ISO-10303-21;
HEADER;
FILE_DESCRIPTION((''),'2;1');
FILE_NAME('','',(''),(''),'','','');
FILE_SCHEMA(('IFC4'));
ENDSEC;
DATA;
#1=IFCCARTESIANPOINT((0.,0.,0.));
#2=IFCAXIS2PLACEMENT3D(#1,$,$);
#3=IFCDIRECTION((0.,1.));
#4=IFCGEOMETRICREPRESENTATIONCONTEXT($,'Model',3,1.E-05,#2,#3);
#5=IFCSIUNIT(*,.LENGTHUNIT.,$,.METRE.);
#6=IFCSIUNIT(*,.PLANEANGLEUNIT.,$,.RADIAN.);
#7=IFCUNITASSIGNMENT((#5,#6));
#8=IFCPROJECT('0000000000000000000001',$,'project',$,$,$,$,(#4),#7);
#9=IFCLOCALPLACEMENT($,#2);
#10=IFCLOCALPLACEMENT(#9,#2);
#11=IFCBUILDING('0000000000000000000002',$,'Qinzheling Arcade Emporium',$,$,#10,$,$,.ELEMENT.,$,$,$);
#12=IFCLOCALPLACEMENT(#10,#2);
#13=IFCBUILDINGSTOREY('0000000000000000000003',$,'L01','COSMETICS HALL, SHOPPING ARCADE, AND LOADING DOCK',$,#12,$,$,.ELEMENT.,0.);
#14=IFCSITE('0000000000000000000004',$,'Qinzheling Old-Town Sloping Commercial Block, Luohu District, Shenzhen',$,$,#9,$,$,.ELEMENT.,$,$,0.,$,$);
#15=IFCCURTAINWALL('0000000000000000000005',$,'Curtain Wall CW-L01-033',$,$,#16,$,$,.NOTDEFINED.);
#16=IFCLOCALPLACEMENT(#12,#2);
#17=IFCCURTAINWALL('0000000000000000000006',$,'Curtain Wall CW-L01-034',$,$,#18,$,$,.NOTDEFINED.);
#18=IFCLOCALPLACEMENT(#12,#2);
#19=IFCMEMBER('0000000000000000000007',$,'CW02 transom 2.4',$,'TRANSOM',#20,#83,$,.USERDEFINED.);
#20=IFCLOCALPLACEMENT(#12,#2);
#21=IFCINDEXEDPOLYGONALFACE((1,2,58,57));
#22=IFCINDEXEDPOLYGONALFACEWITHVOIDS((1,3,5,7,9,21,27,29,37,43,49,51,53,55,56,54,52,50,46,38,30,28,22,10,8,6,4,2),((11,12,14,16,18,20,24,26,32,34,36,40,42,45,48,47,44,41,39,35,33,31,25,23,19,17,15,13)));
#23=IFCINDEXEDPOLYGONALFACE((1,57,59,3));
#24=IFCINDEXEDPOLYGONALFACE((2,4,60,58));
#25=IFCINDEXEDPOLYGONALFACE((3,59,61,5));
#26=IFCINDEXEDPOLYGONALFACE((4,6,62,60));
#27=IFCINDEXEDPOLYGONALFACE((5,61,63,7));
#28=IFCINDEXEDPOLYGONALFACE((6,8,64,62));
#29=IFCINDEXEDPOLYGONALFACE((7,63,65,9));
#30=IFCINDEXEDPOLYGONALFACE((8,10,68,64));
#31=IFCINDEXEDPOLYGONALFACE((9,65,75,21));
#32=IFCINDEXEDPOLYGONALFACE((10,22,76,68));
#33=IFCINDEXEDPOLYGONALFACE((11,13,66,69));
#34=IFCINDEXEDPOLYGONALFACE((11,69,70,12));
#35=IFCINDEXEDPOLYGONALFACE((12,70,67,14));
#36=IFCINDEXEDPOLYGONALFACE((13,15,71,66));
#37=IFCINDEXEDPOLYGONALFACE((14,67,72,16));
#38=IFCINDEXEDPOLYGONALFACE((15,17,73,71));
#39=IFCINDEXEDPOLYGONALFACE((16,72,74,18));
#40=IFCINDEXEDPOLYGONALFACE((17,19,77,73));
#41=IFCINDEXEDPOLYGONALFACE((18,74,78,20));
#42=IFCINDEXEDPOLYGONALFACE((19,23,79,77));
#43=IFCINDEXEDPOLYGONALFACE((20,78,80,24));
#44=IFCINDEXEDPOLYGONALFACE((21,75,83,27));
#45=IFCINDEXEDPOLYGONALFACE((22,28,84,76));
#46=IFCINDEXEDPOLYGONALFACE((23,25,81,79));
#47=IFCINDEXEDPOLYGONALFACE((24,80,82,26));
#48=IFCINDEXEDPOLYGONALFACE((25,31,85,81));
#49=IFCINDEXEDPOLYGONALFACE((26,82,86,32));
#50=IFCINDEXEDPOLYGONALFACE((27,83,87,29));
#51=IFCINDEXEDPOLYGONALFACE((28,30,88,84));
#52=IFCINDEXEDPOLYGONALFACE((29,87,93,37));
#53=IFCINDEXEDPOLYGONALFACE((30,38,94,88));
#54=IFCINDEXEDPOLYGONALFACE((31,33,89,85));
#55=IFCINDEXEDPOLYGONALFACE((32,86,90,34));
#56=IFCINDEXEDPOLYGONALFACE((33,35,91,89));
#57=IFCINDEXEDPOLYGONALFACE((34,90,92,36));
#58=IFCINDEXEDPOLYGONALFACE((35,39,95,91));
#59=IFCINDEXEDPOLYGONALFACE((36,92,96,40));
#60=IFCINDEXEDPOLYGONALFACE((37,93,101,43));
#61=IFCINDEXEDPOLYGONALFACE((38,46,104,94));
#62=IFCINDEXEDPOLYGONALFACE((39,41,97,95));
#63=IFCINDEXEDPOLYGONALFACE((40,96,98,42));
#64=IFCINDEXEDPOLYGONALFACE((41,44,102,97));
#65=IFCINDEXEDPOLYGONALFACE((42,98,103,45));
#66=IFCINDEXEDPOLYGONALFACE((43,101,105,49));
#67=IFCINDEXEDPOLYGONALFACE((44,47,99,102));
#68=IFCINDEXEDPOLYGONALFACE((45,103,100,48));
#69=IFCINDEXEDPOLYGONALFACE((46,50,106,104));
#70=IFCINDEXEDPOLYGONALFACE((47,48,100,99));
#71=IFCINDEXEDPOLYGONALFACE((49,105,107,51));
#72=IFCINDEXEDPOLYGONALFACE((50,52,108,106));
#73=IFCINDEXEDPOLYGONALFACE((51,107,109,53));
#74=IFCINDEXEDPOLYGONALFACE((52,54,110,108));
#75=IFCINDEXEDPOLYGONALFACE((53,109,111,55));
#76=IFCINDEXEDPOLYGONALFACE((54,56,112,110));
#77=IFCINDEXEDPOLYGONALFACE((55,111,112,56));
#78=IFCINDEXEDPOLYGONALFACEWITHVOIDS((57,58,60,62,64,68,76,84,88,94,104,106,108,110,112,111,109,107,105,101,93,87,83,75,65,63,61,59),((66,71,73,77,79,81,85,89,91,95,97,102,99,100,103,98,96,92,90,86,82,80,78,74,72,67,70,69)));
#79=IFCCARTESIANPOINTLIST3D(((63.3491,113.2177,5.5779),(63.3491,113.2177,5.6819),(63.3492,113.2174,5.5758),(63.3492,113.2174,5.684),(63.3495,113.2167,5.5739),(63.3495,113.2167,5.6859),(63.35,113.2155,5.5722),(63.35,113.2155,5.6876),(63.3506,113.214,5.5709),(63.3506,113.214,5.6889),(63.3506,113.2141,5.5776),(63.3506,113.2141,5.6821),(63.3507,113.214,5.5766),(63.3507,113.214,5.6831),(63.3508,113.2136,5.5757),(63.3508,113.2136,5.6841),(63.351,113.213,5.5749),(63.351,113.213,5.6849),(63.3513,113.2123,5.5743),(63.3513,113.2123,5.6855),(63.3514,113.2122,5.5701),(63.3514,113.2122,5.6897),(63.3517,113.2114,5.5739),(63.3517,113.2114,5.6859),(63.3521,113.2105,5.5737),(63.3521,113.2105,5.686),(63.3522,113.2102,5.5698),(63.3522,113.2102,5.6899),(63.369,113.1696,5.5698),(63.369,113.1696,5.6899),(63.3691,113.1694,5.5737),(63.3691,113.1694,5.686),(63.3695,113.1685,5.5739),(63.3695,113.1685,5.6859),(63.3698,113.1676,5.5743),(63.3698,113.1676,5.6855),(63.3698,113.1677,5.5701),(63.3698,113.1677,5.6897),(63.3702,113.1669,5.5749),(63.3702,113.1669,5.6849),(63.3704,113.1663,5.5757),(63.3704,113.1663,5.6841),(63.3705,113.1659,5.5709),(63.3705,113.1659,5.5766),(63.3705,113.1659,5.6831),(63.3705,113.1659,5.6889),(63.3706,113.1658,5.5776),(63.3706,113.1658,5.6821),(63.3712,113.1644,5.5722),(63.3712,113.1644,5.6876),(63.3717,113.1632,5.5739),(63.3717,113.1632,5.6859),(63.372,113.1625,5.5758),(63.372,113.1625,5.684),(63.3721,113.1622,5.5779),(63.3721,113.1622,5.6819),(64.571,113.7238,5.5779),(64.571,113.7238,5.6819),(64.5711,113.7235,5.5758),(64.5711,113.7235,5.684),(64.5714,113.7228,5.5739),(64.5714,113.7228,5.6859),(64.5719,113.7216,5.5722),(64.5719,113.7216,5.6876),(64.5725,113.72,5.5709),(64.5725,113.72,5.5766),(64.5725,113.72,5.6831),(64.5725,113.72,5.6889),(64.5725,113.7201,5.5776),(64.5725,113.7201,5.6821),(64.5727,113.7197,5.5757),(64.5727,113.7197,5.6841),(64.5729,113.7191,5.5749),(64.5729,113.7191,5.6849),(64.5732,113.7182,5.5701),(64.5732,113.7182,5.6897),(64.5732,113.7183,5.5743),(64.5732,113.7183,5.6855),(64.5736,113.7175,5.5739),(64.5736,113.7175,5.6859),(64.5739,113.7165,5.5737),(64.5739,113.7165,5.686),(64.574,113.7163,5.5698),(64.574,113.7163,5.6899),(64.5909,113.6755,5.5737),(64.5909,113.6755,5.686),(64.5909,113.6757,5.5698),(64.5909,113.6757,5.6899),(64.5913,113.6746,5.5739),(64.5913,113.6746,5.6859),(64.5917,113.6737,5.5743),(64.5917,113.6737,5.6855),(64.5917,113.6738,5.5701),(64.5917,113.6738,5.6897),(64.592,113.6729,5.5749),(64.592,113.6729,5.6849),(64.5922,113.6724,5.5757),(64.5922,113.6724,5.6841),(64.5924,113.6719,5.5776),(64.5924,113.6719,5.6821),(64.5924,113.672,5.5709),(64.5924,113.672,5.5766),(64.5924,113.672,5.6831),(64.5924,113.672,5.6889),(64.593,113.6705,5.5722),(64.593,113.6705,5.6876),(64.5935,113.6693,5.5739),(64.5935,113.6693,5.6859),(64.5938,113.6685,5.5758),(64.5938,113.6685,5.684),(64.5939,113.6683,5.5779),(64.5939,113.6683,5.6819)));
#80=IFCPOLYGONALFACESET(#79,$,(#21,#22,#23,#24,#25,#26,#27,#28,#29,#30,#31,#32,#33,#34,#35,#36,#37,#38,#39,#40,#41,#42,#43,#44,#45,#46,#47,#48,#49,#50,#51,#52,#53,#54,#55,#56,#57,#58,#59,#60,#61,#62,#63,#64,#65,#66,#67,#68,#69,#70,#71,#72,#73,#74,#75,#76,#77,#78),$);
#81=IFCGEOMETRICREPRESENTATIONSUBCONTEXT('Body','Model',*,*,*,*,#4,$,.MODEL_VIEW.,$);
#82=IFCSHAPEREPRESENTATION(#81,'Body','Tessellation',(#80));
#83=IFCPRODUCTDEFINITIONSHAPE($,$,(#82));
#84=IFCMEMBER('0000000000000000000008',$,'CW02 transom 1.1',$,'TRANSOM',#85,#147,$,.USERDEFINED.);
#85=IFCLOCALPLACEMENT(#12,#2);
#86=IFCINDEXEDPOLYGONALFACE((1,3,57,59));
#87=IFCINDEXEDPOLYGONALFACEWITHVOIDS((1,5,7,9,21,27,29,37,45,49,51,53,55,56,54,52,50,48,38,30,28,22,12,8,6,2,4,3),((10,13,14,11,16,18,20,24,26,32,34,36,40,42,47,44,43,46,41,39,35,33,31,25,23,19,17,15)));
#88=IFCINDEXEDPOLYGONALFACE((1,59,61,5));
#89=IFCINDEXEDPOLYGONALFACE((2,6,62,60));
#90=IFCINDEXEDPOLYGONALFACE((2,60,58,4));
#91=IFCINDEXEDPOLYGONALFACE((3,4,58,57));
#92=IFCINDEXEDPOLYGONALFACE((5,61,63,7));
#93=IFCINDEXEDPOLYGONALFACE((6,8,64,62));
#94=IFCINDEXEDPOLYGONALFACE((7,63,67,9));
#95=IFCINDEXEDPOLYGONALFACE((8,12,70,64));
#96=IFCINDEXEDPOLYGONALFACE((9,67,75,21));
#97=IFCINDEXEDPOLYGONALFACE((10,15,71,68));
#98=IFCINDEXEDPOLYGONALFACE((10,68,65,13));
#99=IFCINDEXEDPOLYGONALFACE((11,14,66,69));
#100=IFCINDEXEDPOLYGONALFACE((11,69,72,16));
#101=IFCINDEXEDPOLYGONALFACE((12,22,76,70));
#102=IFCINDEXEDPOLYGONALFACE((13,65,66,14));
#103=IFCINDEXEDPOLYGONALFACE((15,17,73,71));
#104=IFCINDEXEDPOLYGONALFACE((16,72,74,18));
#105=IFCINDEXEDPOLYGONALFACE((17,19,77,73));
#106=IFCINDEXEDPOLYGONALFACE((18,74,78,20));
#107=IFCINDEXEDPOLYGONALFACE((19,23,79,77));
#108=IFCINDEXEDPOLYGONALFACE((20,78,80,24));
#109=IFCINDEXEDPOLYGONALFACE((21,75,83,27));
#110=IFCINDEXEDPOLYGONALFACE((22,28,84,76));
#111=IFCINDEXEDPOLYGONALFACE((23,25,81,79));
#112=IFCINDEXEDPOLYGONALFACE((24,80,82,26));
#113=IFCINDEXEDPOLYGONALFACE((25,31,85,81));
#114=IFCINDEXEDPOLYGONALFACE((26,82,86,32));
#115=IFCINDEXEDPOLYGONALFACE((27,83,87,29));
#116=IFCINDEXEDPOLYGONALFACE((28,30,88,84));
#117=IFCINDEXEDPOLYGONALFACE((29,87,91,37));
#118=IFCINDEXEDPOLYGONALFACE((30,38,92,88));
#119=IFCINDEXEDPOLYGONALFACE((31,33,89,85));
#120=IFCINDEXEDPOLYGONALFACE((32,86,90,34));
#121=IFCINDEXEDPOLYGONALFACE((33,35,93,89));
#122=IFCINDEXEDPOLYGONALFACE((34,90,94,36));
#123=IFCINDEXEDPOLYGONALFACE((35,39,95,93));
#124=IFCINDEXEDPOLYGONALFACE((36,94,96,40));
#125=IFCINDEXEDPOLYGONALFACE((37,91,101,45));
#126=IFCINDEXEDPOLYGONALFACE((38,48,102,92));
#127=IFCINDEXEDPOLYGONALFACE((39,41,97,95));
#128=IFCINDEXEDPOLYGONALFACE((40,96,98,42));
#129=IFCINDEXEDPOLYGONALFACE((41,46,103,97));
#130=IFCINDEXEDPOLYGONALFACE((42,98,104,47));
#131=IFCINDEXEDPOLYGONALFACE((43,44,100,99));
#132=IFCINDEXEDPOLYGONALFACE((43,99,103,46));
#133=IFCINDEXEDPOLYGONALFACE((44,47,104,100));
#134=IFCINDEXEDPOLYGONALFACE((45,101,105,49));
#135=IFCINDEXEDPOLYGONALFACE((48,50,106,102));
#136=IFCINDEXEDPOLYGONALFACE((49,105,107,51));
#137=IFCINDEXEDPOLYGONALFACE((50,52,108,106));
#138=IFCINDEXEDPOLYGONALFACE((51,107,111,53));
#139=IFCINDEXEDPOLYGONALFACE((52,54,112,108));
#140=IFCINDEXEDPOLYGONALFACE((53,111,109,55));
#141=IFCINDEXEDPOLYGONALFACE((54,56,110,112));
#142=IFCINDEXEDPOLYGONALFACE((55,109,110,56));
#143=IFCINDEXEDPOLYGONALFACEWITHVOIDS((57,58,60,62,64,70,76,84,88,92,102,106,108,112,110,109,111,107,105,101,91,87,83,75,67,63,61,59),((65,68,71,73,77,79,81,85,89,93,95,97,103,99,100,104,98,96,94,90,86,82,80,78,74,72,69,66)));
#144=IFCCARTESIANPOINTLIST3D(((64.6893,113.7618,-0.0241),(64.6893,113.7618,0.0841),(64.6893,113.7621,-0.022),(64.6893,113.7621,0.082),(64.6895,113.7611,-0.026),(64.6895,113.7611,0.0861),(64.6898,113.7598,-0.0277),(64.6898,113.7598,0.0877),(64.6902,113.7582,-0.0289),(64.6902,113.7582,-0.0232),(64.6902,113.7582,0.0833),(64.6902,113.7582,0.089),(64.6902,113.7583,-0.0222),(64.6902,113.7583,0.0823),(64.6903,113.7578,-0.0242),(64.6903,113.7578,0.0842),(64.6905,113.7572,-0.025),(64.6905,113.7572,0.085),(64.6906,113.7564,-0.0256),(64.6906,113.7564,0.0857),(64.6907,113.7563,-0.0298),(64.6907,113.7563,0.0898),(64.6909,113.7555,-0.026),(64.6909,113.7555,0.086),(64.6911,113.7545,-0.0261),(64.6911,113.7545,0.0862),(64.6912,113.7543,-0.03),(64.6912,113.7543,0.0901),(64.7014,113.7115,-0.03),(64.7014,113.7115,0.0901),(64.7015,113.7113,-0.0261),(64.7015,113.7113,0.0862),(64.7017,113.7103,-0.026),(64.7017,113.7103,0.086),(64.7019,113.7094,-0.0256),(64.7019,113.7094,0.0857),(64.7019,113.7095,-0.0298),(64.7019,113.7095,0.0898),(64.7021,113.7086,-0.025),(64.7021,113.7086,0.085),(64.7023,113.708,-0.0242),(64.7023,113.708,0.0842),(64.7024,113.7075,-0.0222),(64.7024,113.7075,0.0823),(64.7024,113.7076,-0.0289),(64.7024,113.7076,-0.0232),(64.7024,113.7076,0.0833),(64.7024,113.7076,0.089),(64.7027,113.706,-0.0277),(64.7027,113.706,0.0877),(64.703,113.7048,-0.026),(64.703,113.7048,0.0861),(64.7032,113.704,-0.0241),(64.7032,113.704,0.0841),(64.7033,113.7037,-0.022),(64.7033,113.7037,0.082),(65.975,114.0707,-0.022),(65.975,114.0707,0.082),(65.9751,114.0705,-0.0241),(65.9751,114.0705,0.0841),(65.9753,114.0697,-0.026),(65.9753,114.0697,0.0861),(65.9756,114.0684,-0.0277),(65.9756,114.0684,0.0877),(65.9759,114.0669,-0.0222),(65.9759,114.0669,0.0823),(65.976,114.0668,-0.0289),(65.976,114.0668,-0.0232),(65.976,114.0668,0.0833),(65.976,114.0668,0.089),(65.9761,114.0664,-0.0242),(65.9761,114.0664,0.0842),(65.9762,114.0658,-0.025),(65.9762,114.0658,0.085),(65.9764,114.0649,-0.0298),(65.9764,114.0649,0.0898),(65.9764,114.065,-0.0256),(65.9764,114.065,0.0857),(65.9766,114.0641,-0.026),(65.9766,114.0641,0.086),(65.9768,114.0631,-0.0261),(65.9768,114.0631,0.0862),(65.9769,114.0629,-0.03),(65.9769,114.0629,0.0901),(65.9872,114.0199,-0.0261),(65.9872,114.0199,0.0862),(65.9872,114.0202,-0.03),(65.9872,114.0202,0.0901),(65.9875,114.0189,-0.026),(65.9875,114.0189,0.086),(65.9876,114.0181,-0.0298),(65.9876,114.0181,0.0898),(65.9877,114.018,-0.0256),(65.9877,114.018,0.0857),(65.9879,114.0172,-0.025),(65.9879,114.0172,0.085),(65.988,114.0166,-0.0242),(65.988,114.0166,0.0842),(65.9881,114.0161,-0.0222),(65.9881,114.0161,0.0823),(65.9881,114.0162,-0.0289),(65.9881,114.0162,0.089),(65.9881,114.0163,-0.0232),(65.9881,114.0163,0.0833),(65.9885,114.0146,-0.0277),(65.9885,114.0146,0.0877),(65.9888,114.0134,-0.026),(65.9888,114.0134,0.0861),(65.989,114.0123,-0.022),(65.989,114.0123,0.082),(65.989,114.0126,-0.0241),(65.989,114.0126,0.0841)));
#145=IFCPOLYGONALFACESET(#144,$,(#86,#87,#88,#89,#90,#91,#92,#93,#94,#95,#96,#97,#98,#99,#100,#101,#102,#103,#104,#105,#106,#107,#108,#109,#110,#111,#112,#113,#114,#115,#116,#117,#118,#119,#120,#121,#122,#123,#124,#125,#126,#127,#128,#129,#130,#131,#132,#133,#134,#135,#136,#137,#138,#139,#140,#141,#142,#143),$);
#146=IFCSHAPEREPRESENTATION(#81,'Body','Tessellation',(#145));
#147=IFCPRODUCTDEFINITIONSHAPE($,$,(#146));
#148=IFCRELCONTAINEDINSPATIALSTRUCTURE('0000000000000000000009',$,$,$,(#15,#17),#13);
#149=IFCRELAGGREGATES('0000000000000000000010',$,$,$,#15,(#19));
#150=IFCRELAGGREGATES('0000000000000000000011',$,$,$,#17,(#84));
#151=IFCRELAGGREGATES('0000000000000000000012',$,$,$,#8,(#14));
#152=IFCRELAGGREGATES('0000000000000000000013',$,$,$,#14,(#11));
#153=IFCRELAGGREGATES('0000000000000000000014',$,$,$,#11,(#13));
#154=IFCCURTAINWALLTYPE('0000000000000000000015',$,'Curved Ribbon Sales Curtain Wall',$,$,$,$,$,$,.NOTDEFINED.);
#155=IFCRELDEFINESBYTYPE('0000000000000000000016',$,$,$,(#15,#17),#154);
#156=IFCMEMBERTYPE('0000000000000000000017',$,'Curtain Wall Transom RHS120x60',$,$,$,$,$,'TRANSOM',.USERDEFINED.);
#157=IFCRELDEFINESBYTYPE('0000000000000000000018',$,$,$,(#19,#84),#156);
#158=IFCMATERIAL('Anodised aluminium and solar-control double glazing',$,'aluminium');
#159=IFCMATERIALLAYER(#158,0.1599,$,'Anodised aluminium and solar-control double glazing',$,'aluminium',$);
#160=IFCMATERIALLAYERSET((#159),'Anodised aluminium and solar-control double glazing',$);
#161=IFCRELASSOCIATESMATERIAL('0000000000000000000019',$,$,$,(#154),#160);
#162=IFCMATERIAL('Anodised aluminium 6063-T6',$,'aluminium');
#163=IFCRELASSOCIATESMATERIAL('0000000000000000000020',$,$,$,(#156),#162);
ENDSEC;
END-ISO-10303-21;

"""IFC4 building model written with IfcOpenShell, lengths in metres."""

from ifc_helpers import new_model, si_unit, direction, frame, origin, origin_2d, place, context, subcontext, project, spatial, hollow_rectangle, extrude, material, layer, layer_set, material_profile, profile_set, type_object, element, aggregate, save


model = new_model("IFC4")

# Units and contexts
model_context = context("Model", 3, precision=1e-05, world=origin(), true_north=direction((0.0, 1.0)))
body_context = subcontext(model_context, "Body", "Model", "MODEL_VIEW")
ifc_project = project(units=[si_unit("LENGTHUNIT", "METRE"), si_unit("PLANEANGLEUNIT", "RADIAN")], contexts=[model_context])

# Site, building, storey
site_placement = place(None, origin())
site = spatial("IfcSite", under=ifc_project, at=site_placement, Name="Qinzheling Old-Town Sloping Commercial Block, Luohu District, Shenzhen", CompositionType="ELEMENT", RefElevation=0.0)
building_placement = place(site_placement, origin())
building = spatial("IfcBuilding", under=site, at=building_placement, Name="Qinzheling Arcade Emporium", CompositionType="ELEMENT")
storey_placement = place(building_placement, origin())
storey = spatial("IfcBuildingStorey", under=building, at=storey_placement, Name="L01", Description="COSMETICS HALL, SHOPPING ARCADE, AND LOADING DOCK", CompositionType="ELEMENT", Elevation=0.0)

# Curtain wall
ifc_material_1 = material(Name="Anodised aluminium and solar-control double glazing", Category="aluminium")
ifc_layer_1 = layer(ifc_material_1, 0.1599, Name="Anodised aluminium and solar-control double glazing", Category="aluminium")
ifc_layer_set_1 = layer_set([ifc_layer_1], Name="Anodised aluminium and solar-control double glazing")
curtain_wall_type = type_object("IfcCurtainWallType", Name="Curved Ribbon Sales Curtain Wall", PredefinedType="NOTDEFINED", material=ifc_layer_set_1)
curtain_wall_1_placement = place(storey_placement, origin())
curtain_wall_1 = element("IfcCurtainWall", 1, at=curtain_wall_1_placement, inside=storey, type_object=curtain_wall_type, Name="Curtain Wall CW-L01-033", PredefinedType="NOTDEFINED")
ifc_material_2 = material(Name="Anodised aluminium 6063-T6", Category="aluminium")

# Curtain wall
curtain_wall_2_placement = place(storey_placement, origin())
curtain_wall_2 = element("IfcCurtainWall", 2, at=curtain_wall_2_placement, inside=storey, type_object=curtain_wall_type, Name="Curtain Wall CW-L01-034", PredefinedType="NOTDEFINED")

# Members
ifc_material_profile_1 = material_profile(ifc_material_2, hollow_rectangle(XDim=0.0601, YDim=0.1201, WallThickness=0.0039, InnerFilletRadius=0.0039, OuterFilletRadius=0.0081, at=origin_2d()), Name="RHS 120x60x4", Category="aluminium")
ifc_profile_set_1 = profile_set([ifc_material_profile_1], Name="Anodised aluminium 6063-T6")
member_type_1 = type_object("IfcMemberType", Name="Curtain Wall Transom RHS120x60", ElementType="TRANSOM", PredefinedType="USERDEFINED", material=ifc_profile_set_1)
member_1_placement = place(storey_placement, frame((63.3606, 113.1899, 5.6299), z_axis=(0.923889, 0.382662, 0.0), x_axis=(-0.382662, 0.923889, 0.0)))
member_1 = element("IfcMember", 3, at=member_1_placement, type_object=member_type_1, Name="CW02 transom 2.4", ObjectType="TRANSOM", PredefinedType="USERDEFINED", context=body_context, shape_type="SweptSolid", body=[
    extrude(hollow_rectangle(XDim=0.0601, YDim=0.1201, WallThickness=0.0039, InnerFilletRadius=0.0039, OuterFilletRadius=0.0081, at=origin_2d()), origin(), (0.0, 0.0, 1.0), 1.3225),
])
member_2_placement = place(storey_placement, frame((64.6963, 113.7329, 0.03), z_axis=(0.972381, 0.233401, 0.0), x_axis=(-0.233401, 0.972381, 0.0)))
member_2 = element("IfcMember", 4, at=member_2_placement, type_object=member_type_1, Name="CW02 transom 1.1", ObjectType="TRANSOM", PredefinedType="USERDEFINED", context=body_context, shape_type="SweptSolid", body=[
    extrude(hollow_rectangle(XDim=0.0601, YDim=0.1201, WallThickness=0.0039, InnerFilletRadius=0.0039, OuterFilletRadius=0.0081, at=origin_2d()), origin(), (0.0, 0.0, 1.0), 1.3223),
])

aggregate(curtain_wall_1, [member_1])
aggregate(curtain_wall_2, [member_2])

save(model, "model.ifc")
